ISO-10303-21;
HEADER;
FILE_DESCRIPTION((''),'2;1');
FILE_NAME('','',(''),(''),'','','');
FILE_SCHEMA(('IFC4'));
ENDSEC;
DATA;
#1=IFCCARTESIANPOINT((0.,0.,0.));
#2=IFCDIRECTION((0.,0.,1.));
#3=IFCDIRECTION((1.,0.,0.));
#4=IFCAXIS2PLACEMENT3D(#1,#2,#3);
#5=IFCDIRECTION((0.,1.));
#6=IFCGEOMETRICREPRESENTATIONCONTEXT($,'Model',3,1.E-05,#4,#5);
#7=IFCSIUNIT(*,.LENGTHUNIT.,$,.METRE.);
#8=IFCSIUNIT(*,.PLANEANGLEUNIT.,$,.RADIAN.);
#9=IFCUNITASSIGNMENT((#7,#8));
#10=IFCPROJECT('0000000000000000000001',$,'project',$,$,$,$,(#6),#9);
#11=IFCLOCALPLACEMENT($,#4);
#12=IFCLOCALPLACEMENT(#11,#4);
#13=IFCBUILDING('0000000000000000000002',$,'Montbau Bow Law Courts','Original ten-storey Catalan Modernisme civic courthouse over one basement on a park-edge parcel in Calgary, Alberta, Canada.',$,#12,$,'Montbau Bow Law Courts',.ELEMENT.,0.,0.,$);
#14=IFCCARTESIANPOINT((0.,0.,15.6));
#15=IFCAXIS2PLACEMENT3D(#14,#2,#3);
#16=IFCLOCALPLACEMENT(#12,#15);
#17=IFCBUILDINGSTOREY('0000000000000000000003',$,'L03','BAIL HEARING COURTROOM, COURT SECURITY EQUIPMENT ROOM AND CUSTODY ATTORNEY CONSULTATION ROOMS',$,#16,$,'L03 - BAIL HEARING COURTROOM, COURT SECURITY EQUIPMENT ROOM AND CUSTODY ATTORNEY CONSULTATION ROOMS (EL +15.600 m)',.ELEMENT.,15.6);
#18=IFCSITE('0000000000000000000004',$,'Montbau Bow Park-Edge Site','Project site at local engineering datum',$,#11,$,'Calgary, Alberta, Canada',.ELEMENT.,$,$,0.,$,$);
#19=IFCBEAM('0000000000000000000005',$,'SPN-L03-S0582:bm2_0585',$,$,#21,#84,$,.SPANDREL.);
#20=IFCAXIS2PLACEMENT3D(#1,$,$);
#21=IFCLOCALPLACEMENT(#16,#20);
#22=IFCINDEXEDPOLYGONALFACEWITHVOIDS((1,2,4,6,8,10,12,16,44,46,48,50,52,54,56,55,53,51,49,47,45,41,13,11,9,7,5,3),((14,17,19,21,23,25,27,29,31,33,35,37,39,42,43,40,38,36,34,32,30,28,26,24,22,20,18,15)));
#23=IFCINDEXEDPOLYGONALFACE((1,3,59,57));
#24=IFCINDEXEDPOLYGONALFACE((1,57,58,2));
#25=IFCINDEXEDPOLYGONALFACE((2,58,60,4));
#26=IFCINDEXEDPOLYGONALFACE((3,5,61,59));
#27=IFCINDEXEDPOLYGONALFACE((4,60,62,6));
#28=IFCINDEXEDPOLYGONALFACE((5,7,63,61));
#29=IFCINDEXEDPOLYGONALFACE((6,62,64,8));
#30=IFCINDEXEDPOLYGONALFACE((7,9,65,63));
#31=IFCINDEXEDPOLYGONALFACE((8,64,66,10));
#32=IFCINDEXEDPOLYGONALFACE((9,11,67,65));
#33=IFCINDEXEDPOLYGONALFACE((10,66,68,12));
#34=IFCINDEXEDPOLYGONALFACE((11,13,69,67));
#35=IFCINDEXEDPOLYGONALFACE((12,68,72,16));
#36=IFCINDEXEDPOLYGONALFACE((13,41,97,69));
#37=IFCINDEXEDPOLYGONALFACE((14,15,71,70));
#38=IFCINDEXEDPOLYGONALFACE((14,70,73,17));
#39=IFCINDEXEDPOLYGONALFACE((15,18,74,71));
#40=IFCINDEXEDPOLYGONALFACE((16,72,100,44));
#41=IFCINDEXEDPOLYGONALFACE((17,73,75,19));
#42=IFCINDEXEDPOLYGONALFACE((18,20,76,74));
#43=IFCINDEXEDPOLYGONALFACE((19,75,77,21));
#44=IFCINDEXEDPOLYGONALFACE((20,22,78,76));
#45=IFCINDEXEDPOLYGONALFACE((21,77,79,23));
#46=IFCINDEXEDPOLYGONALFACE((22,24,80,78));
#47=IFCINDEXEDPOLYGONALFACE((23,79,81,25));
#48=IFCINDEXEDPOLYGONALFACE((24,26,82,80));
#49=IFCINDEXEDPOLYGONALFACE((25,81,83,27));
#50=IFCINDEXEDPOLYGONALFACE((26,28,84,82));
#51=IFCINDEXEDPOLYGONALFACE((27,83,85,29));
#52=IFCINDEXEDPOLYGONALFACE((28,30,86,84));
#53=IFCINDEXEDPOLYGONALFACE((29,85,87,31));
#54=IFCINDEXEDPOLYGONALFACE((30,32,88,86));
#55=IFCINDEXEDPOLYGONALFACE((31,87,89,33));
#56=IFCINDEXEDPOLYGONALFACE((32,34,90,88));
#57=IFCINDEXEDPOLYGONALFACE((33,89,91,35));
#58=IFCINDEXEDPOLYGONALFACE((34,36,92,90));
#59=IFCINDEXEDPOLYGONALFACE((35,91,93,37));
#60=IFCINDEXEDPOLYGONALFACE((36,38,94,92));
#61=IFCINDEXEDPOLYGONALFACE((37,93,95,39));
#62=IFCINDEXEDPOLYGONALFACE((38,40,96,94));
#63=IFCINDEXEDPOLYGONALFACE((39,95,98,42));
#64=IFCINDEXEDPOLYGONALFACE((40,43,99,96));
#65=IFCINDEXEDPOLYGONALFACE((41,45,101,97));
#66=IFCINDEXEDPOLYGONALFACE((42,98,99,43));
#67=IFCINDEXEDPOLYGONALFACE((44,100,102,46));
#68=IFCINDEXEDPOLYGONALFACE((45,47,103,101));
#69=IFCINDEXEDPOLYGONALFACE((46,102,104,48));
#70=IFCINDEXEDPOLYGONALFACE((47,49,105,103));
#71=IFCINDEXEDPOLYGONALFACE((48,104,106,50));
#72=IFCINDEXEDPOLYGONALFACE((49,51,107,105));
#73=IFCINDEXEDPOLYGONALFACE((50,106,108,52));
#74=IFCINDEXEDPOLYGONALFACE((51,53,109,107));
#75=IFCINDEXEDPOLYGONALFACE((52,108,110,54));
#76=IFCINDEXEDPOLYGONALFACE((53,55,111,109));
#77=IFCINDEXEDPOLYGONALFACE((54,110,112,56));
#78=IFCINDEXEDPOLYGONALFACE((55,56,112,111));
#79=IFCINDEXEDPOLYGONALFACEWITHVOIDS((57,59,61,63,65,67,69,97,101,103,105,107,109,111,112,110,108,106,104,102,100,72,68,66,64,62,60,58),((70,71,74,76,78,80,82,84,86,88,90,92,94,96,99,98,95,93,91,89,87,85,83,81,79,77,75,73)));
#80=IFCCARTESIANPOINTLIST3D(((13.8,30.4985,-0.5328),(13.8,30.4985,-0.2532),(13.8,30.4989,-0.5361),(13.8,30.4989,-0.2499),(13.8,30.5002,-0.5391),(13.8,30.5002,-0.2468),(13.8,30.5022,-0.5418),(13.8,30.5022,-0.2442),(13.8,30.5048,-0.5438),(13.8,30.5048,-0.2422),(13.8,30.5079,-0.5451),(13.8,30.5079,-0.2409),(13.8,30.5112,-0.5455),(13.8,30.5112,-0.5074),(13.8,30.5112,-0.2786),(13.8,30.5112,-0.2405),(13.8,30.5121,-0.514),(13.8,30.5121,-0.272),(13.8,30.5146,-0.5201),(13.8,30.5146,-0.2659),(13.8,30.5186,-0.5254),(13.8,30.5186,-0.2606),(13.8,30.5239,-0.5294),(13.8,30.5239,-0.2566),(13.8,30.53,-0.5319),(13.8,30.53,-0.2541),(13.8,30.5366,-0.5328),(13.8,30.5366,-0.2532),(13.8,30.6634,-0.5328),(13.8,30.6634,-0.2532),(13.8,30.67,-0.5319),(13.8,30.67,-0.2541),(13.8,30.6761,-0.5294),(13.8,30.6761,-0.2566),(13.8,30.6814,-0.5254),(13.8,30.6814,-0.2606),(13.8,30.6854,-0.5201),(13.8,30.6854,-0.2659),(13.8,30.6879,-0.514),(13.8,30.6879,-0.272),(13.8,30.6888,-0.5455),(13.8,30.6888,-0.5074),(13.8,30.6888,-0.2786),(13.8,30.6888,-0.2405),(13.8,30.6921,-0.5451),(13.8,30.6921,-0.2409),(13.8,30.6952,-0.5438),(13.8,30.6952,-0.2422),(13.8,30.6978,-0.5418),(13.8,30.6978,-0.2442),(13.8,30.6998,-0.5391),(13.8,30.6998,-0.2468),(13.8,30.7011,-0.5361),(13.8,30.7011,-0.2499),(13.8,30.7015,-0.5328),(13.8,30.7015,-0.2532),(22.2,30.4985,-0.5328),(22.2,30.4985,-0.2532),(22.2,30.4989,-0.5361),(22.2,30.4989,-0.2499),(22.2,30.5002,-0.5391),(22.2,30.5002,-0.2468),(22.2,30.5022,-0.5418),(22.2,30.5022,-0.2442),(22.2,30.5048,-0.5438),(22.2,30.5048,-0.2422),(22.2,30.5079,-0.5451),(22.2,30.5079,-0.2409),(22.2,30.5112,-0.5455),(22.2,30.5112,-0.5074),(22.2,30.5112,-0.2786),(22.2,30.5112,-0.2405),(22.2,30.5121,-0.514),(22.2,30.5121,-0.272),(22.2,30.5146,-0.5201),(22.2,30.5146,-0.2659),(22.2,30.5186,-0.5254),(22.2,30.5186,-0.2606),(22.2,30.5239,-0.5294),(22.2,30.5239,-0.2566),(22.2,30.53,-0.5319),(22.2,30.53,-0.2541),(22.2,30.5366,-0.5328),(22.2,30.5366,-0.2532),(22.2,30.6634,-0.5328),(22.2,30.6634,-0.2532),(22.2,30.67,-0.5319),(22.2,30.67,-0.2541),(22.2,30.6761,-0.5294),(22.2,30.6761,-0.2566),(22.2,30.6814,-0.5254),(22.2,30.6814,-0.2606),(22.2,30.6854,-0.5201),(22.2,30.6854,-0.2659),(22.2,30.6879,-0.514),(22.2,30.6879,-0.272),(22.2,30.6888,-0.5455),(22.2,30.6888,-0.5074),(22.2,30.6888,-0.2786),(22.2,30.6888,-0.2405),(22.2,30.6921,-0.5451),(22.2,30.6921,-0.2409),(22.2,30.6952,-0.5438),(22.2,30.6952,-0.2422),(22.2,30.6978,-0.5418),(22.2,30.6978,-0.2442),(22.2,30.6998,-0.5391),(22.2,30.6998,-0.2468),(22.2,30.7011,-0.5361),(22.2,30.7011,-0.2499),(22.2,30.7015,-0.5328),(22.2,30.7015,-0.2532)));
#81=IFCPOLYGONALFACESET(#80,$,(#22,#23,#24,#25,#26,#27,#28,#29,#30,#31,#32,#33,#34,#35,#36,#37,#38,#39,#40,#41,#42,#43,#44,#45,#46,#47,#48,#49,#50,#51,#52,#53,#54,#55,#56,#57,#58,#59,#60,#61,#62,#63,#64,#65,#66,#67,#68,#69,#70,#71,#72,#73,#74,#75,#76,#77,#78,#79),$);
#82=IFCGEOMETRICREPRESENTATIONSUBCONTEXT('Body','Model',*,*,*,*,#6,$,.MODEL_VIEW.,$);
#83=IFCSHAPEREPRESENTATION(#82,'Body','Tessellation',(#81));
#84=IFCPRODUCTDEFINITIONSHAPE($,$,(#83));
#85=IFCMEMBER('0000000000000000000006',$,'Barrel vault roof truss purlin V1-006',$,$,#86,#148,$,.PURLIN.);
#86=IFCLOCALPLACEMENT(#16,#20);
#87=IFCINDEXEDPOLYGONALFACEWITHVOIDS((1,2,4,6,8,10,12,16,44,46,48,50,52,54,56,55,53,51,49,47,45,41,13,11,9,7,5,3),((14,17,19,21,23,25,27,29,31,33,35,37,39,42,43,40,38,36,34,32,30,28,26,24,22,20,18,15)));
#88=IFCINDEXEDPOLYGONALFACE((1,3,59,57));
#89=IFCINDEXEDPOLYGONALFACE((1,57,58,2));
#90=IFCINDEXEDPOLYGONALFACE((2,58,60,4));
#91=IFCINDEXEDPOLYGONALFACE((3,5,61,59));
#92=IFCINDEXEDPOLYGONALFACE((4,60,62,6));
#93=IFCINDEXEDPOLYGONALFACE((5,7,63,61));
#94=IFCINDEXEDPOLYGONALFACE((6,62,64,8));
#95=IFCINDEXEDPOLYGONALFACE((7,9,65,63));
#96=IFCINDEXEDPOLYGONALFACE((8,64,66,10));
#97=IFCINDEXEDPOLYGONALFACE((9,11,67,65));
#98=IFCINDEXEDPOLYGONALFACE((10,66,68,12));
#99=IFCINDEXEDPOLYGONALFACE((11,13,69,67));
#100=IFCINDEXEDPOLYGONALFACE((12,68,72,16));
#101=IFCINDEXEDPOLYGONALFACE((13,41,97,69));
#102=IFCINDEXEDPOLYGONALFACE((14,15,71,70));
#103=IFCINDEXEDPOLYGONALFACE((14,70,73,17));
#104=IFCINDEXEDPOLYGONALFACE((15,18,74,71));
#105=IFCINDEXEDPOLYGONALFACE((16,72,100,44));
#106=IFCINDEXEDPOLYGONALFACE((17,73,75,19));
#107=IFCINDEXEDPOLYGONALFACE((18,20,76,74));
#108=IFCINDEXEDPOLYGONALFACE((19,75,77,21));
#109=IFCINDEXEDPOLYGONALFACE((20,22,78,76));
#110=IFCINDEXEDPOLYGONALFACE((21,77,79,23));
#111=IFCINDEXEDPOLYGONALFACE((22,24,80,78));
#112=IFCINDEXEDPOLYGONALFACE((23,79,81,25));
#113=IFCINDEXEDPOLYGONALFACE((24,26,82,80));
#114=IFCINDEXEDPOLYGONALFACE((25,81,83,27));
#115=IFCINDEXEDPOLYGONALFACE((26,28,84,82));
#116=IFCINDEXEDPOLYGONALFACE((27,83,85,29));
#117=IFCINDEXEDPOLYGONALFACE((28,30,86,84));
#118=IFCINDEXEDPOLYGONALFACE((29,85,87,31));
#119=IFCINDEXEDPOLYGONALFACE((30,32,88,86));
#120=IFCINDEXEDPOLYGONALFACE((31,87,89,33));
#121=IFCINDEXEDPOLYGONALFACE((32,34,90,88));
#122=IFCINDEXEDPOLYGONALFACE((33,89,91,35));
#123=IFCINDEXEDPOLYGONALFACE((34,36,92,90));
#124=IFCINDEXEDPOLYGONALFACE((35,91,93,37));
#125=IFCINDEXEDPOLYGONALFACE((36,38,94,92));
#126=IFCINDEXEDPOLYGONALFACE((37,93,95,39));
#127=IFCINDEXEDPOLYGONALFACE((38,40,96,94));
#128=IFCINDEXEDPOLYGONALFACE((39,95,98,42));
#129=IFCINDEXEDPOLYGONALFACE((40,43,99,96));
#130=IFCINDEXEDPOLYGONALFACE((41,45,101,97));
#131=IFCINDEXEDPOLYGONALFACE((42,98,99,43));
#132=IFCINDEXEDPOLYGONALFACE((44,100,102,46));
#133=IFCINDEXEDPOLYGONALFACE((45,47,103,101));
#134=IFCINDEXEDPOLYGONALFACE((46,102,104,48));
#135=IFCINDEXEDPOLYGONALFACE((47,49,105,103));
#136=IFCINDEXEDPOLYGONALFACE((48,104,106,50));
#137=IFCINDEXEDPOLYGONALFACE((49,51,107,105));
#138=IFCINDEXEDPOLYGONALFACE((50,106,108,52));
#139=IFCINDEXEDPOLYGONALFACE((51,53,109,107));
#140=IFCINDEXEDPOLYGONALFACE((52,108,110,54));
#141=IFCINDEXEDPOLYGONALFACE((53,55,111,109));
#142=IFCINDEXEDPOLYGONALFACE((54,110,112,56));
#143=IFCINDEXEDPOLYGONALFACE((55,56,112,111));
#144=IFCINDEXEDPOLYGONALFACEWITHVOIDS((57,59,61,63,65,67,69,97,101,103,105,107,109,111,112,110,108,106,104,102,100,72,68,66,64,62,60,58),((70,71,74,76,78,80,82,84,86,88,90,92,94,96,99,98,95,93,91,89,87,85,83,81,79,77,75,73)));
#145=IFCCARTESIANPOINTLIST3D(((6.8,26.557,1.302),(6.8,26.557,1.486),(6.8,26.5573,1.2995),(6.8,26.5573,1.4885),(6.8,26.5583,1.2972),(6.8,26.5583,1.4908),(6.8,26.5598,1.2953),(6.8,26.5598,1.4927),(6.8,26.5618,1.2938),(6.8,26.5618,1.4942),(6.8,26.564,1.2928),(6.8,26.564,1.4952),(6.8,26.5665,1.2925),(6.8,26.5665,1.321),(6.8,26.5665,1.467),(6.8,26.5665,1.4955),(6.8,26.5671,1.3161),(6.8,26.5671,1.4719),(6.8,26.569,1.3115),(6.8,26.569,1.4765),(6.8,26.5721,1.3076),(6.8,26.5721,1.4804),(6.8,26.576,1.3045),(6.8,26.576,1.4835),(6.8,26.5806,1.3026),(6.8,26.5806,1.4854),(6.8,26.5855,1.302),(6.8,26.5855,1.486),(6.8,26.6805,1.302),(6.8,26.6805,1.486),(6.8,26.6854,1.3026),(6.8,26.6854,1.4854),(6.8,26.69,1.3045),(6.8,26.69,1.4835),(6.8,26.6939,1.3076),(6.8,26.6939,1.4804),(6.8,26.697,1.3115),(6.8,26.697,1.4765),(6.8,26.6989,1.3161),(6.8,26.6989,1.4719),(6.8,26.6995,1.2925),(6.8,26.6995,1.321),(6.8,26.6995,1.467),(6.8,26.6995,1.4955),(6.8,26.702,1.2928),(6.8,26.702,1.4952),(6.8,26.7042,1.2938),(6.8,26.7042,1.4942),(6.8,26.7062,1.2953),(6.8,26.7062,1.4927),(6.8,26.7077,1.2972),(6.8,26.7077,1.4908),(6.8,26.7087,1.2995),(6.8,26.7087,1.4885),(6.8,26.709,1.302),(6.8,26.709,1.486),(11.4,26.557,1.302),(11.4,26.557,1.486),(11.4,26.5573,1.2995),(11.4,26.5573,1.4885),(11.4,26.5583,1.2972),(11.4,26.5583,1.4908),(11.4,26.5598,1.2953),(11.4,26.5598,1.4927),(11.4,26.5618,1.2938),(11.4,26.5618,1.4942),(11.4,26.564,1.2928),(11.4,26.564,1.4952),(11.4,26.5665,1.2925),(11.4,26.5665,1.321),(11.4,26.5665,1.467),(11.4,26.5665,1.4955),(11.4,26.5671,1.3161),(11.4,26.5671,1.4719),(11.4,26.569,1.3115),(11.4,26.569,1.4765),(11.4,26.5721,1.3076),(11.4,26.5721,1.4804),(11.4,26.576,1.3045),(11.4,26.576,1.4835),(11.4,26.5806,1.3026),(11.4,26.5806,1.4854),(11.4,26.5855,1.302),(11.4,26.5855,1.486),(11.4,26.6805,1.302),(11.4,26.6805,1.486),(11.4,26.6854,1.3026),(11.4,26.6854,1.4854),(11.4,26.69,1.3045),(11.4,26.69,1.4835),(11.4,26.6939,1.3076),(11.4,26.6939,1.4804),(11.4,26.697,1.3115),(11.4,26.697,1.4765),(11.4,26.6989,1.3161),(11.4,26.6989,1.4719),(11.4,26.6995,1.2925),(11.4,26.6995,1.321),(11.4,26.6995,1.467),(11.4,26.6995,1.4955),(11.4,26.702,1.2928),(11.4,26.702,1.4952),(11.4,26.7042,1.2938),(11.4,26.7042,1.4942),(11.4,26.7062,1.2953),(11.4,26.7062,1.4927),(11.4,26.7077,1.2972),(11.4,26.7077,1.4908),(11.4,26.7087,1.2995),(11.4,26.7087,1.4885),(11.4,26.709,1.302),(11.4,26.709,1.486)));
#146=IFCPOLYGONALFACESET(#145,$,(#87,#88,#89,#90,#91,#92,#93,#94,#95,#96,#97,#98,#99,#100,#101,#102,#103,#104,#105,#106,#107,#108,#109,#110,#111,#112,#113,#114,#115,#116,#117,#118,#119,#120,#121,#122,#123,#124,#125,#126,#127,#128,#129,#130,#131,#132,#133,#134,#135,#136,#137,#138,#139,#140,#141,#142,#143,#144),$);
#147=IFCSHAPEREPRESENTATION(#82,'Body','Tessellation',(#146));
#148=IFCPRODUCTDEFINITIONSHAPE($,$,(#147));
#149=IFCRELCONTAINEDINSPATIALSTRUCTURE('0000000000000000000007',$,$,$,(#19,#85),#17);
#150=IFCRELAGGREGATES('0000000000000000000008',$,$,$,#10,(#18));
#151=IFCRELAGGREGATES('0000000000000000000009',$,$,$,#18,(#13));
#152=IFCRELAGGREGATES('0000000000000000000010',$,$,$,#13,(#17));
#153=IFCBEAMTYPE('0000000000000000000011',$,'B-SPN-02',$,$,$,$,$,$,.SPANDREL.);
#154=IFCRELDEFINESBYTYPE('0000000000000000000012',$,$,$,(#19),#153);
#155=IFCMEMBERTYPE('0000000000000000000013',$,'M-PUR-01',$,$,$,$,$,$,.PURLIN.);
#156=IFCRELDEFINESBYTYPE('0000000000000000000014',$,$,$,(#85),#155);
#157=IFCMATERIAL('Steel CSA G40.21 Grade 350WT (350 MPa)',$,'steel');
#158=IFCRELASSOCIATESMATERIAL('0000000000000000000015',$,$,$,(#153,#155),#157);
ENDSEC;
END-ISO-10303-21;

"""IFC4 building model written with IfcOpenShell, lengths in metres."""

from ifc_helpers import new_model, si_unit, direction, frame, origin_with_axes, origin_2d_with_axis, place, context, subcontext, project, spatial, hollow_rectangle, extrude, material, material_profile, profile_set, type_object, element, save


model = new_model("IFC4")

# Units and contexts
model_context = context("Model", 3, precision=1e-05, world=origin_with_axes(), true_north=direction((0.0, 1.0)))
body_context = subcontext(model_context, "Body", "Model", "MODEL_VIEW")
ifc_project = project(units=[si_unit("LENGTHUNIT", "METRE"), si_unit("PLANEANGLEUNIT", "RADIAN")], contexts=[model_context])

# Site, building, storey
site_placement = place(None, origin_with_axes())
site = spatial("IfcSite", under=ifc_project, at=site_placement, Name="Montbau Bow Park-Edge Site", Description="Project site at local engineering datum", LongName="Calgary, Alberta, Canada", CompositionType="ELEMENT", RefElevation=0.0)
building_placement = place(site_placement, origin_with_axes())
building = spatial("IfcBuilding", under=site, at=building_placement, Name="Montbau Bow Law Courts", Description="Original ten-storey Catalan Modernisme civic courthouse over one basement on a park-edge parcel in Calgary, Alberta, Canada.", LongName="Montbau Bow Law Courts", CompositionType="ELEMENT", ElevationOfRefHeight=0.0, ElevationOfTerrain=0.0)
storey_placement = place(building_placement, frame((0.0, 0.0, 15.6), z_axis=(0.0, 0.0, 1.0), x_axis=(1.0, 0.0, 0.0)))
storey = spatial("IfcBuildingStorey", under=building, at=storey_placement, Name="L03", Description="BAIL HEARING COURTROOM, COURT SECURITY EQUIPMENT ROOM AND CUSTODY ATTORNEY CONSULTATION ROOMS", LongName="L03 - BAIL HEARING COURTROOM, COURT SECURITY EQUIPMENT ROOM AND CUSTODY ATTORNEY CONSULTATION ROOMS (EL +15.600 m)", CompositionType="ELEMENT", Elevation=15.6)

# Beam
ifc_material_1 = material(Name="Steel CSA G40.21 Grade 350WT (350 MPa)", Category="steel")
ifc_material_profile_1 = material_profile(ifc_material_1, hollow_rectangle(XDim=0.203, YDim=0.305, WallThickness=0.0127, InnerFilletRadius=0.0254, OuterFilletRadius=0.0127, at=origin_2d_with_axis()), Name="HSS305X203X13", Category="Main", Priority=0)
ifc_profile_set_1 = profile_set([ifc_material_profile_1], Name="Steel CSA G40.21 Grade 350WT (350 MPa)")
beam_type_1 = type_object("IfcBeamType", Name="B-SPN-02", PredefinedType="SPANDREL", material=ifc_profile_set_1)
beam_1_placement = place(None, frame((13.8, 30.6, 15.207), z_axis=(1.0, 0.0, 0.0), x_axis=(0.0, 1.0, 0.0)))
element("IfcBeam", 1, at=beam_1_placement, inside=storey, type_object=beam_type_1, Name="SPN-L03-S0582:bm2_0585", PredefinedType="SPANDREL", context=body_context, shape_type="SweptSolid", body=[
    extrude(hollow_rectangle(XDim=0.203, YDim=0.305, WallThickness=0.0127, InnerFilletRadius=0.0254, OuterFilletRadius=0.0127, at=origin_2d_with_axis()), origin_with_axes(), (0.0, 0.0, 1.0), 8.4),
])

# Member
ifc_material_profile_2 = material_profile(ifc_material_1, hollow_rectangle(XDim=0.152, YDim=0.203, WallThickness=0.0095, InnerFilletRadius=0.019, OuterFilletRadius=0.0095, at=origin_2d_with_axis()), Name="HSS203X152X9.5", Category="Main", Priority=0)
ifc_profile_set_2 = profile_set([ifc_material_profile_2], Name="Steel CSA G40.21 Grade 350WT (350 MPa)")
member_type = type_object("IfcMemberType", Name="M-PUR-01", PredefinedType="PURLIN", material=ifc_profile_set_2)
for number, where, z_axis, x_axis, name in (
    (2, (6.8, 26.633, 16.994), (1.0, 0.0, 0.0), (0.0, 1.0, 0.0), "Barrel vault roof truss purlin V1-006"),
):
    element("IfcMember", number, at=place(None, frame(where, z_axis=z_axis, x_axis=x_axis)), inside=storey, type_object=member_type, Name=name, PredefinedType="PURLIN", context=body_context, shape_type="SweptSolid", body=[
        extrude(hollow_rectangle(XDim=0.152, YDim=0.203, WallThickness=0.0095, InnerFilletRadius=0.019, OuterFilletRadius=0.0095, at=origin_2d_with_axis()), origin_with_axes(), (0.0, 0.0, 1.0), 4.6),
    ])

save(model, "model.ifc")
